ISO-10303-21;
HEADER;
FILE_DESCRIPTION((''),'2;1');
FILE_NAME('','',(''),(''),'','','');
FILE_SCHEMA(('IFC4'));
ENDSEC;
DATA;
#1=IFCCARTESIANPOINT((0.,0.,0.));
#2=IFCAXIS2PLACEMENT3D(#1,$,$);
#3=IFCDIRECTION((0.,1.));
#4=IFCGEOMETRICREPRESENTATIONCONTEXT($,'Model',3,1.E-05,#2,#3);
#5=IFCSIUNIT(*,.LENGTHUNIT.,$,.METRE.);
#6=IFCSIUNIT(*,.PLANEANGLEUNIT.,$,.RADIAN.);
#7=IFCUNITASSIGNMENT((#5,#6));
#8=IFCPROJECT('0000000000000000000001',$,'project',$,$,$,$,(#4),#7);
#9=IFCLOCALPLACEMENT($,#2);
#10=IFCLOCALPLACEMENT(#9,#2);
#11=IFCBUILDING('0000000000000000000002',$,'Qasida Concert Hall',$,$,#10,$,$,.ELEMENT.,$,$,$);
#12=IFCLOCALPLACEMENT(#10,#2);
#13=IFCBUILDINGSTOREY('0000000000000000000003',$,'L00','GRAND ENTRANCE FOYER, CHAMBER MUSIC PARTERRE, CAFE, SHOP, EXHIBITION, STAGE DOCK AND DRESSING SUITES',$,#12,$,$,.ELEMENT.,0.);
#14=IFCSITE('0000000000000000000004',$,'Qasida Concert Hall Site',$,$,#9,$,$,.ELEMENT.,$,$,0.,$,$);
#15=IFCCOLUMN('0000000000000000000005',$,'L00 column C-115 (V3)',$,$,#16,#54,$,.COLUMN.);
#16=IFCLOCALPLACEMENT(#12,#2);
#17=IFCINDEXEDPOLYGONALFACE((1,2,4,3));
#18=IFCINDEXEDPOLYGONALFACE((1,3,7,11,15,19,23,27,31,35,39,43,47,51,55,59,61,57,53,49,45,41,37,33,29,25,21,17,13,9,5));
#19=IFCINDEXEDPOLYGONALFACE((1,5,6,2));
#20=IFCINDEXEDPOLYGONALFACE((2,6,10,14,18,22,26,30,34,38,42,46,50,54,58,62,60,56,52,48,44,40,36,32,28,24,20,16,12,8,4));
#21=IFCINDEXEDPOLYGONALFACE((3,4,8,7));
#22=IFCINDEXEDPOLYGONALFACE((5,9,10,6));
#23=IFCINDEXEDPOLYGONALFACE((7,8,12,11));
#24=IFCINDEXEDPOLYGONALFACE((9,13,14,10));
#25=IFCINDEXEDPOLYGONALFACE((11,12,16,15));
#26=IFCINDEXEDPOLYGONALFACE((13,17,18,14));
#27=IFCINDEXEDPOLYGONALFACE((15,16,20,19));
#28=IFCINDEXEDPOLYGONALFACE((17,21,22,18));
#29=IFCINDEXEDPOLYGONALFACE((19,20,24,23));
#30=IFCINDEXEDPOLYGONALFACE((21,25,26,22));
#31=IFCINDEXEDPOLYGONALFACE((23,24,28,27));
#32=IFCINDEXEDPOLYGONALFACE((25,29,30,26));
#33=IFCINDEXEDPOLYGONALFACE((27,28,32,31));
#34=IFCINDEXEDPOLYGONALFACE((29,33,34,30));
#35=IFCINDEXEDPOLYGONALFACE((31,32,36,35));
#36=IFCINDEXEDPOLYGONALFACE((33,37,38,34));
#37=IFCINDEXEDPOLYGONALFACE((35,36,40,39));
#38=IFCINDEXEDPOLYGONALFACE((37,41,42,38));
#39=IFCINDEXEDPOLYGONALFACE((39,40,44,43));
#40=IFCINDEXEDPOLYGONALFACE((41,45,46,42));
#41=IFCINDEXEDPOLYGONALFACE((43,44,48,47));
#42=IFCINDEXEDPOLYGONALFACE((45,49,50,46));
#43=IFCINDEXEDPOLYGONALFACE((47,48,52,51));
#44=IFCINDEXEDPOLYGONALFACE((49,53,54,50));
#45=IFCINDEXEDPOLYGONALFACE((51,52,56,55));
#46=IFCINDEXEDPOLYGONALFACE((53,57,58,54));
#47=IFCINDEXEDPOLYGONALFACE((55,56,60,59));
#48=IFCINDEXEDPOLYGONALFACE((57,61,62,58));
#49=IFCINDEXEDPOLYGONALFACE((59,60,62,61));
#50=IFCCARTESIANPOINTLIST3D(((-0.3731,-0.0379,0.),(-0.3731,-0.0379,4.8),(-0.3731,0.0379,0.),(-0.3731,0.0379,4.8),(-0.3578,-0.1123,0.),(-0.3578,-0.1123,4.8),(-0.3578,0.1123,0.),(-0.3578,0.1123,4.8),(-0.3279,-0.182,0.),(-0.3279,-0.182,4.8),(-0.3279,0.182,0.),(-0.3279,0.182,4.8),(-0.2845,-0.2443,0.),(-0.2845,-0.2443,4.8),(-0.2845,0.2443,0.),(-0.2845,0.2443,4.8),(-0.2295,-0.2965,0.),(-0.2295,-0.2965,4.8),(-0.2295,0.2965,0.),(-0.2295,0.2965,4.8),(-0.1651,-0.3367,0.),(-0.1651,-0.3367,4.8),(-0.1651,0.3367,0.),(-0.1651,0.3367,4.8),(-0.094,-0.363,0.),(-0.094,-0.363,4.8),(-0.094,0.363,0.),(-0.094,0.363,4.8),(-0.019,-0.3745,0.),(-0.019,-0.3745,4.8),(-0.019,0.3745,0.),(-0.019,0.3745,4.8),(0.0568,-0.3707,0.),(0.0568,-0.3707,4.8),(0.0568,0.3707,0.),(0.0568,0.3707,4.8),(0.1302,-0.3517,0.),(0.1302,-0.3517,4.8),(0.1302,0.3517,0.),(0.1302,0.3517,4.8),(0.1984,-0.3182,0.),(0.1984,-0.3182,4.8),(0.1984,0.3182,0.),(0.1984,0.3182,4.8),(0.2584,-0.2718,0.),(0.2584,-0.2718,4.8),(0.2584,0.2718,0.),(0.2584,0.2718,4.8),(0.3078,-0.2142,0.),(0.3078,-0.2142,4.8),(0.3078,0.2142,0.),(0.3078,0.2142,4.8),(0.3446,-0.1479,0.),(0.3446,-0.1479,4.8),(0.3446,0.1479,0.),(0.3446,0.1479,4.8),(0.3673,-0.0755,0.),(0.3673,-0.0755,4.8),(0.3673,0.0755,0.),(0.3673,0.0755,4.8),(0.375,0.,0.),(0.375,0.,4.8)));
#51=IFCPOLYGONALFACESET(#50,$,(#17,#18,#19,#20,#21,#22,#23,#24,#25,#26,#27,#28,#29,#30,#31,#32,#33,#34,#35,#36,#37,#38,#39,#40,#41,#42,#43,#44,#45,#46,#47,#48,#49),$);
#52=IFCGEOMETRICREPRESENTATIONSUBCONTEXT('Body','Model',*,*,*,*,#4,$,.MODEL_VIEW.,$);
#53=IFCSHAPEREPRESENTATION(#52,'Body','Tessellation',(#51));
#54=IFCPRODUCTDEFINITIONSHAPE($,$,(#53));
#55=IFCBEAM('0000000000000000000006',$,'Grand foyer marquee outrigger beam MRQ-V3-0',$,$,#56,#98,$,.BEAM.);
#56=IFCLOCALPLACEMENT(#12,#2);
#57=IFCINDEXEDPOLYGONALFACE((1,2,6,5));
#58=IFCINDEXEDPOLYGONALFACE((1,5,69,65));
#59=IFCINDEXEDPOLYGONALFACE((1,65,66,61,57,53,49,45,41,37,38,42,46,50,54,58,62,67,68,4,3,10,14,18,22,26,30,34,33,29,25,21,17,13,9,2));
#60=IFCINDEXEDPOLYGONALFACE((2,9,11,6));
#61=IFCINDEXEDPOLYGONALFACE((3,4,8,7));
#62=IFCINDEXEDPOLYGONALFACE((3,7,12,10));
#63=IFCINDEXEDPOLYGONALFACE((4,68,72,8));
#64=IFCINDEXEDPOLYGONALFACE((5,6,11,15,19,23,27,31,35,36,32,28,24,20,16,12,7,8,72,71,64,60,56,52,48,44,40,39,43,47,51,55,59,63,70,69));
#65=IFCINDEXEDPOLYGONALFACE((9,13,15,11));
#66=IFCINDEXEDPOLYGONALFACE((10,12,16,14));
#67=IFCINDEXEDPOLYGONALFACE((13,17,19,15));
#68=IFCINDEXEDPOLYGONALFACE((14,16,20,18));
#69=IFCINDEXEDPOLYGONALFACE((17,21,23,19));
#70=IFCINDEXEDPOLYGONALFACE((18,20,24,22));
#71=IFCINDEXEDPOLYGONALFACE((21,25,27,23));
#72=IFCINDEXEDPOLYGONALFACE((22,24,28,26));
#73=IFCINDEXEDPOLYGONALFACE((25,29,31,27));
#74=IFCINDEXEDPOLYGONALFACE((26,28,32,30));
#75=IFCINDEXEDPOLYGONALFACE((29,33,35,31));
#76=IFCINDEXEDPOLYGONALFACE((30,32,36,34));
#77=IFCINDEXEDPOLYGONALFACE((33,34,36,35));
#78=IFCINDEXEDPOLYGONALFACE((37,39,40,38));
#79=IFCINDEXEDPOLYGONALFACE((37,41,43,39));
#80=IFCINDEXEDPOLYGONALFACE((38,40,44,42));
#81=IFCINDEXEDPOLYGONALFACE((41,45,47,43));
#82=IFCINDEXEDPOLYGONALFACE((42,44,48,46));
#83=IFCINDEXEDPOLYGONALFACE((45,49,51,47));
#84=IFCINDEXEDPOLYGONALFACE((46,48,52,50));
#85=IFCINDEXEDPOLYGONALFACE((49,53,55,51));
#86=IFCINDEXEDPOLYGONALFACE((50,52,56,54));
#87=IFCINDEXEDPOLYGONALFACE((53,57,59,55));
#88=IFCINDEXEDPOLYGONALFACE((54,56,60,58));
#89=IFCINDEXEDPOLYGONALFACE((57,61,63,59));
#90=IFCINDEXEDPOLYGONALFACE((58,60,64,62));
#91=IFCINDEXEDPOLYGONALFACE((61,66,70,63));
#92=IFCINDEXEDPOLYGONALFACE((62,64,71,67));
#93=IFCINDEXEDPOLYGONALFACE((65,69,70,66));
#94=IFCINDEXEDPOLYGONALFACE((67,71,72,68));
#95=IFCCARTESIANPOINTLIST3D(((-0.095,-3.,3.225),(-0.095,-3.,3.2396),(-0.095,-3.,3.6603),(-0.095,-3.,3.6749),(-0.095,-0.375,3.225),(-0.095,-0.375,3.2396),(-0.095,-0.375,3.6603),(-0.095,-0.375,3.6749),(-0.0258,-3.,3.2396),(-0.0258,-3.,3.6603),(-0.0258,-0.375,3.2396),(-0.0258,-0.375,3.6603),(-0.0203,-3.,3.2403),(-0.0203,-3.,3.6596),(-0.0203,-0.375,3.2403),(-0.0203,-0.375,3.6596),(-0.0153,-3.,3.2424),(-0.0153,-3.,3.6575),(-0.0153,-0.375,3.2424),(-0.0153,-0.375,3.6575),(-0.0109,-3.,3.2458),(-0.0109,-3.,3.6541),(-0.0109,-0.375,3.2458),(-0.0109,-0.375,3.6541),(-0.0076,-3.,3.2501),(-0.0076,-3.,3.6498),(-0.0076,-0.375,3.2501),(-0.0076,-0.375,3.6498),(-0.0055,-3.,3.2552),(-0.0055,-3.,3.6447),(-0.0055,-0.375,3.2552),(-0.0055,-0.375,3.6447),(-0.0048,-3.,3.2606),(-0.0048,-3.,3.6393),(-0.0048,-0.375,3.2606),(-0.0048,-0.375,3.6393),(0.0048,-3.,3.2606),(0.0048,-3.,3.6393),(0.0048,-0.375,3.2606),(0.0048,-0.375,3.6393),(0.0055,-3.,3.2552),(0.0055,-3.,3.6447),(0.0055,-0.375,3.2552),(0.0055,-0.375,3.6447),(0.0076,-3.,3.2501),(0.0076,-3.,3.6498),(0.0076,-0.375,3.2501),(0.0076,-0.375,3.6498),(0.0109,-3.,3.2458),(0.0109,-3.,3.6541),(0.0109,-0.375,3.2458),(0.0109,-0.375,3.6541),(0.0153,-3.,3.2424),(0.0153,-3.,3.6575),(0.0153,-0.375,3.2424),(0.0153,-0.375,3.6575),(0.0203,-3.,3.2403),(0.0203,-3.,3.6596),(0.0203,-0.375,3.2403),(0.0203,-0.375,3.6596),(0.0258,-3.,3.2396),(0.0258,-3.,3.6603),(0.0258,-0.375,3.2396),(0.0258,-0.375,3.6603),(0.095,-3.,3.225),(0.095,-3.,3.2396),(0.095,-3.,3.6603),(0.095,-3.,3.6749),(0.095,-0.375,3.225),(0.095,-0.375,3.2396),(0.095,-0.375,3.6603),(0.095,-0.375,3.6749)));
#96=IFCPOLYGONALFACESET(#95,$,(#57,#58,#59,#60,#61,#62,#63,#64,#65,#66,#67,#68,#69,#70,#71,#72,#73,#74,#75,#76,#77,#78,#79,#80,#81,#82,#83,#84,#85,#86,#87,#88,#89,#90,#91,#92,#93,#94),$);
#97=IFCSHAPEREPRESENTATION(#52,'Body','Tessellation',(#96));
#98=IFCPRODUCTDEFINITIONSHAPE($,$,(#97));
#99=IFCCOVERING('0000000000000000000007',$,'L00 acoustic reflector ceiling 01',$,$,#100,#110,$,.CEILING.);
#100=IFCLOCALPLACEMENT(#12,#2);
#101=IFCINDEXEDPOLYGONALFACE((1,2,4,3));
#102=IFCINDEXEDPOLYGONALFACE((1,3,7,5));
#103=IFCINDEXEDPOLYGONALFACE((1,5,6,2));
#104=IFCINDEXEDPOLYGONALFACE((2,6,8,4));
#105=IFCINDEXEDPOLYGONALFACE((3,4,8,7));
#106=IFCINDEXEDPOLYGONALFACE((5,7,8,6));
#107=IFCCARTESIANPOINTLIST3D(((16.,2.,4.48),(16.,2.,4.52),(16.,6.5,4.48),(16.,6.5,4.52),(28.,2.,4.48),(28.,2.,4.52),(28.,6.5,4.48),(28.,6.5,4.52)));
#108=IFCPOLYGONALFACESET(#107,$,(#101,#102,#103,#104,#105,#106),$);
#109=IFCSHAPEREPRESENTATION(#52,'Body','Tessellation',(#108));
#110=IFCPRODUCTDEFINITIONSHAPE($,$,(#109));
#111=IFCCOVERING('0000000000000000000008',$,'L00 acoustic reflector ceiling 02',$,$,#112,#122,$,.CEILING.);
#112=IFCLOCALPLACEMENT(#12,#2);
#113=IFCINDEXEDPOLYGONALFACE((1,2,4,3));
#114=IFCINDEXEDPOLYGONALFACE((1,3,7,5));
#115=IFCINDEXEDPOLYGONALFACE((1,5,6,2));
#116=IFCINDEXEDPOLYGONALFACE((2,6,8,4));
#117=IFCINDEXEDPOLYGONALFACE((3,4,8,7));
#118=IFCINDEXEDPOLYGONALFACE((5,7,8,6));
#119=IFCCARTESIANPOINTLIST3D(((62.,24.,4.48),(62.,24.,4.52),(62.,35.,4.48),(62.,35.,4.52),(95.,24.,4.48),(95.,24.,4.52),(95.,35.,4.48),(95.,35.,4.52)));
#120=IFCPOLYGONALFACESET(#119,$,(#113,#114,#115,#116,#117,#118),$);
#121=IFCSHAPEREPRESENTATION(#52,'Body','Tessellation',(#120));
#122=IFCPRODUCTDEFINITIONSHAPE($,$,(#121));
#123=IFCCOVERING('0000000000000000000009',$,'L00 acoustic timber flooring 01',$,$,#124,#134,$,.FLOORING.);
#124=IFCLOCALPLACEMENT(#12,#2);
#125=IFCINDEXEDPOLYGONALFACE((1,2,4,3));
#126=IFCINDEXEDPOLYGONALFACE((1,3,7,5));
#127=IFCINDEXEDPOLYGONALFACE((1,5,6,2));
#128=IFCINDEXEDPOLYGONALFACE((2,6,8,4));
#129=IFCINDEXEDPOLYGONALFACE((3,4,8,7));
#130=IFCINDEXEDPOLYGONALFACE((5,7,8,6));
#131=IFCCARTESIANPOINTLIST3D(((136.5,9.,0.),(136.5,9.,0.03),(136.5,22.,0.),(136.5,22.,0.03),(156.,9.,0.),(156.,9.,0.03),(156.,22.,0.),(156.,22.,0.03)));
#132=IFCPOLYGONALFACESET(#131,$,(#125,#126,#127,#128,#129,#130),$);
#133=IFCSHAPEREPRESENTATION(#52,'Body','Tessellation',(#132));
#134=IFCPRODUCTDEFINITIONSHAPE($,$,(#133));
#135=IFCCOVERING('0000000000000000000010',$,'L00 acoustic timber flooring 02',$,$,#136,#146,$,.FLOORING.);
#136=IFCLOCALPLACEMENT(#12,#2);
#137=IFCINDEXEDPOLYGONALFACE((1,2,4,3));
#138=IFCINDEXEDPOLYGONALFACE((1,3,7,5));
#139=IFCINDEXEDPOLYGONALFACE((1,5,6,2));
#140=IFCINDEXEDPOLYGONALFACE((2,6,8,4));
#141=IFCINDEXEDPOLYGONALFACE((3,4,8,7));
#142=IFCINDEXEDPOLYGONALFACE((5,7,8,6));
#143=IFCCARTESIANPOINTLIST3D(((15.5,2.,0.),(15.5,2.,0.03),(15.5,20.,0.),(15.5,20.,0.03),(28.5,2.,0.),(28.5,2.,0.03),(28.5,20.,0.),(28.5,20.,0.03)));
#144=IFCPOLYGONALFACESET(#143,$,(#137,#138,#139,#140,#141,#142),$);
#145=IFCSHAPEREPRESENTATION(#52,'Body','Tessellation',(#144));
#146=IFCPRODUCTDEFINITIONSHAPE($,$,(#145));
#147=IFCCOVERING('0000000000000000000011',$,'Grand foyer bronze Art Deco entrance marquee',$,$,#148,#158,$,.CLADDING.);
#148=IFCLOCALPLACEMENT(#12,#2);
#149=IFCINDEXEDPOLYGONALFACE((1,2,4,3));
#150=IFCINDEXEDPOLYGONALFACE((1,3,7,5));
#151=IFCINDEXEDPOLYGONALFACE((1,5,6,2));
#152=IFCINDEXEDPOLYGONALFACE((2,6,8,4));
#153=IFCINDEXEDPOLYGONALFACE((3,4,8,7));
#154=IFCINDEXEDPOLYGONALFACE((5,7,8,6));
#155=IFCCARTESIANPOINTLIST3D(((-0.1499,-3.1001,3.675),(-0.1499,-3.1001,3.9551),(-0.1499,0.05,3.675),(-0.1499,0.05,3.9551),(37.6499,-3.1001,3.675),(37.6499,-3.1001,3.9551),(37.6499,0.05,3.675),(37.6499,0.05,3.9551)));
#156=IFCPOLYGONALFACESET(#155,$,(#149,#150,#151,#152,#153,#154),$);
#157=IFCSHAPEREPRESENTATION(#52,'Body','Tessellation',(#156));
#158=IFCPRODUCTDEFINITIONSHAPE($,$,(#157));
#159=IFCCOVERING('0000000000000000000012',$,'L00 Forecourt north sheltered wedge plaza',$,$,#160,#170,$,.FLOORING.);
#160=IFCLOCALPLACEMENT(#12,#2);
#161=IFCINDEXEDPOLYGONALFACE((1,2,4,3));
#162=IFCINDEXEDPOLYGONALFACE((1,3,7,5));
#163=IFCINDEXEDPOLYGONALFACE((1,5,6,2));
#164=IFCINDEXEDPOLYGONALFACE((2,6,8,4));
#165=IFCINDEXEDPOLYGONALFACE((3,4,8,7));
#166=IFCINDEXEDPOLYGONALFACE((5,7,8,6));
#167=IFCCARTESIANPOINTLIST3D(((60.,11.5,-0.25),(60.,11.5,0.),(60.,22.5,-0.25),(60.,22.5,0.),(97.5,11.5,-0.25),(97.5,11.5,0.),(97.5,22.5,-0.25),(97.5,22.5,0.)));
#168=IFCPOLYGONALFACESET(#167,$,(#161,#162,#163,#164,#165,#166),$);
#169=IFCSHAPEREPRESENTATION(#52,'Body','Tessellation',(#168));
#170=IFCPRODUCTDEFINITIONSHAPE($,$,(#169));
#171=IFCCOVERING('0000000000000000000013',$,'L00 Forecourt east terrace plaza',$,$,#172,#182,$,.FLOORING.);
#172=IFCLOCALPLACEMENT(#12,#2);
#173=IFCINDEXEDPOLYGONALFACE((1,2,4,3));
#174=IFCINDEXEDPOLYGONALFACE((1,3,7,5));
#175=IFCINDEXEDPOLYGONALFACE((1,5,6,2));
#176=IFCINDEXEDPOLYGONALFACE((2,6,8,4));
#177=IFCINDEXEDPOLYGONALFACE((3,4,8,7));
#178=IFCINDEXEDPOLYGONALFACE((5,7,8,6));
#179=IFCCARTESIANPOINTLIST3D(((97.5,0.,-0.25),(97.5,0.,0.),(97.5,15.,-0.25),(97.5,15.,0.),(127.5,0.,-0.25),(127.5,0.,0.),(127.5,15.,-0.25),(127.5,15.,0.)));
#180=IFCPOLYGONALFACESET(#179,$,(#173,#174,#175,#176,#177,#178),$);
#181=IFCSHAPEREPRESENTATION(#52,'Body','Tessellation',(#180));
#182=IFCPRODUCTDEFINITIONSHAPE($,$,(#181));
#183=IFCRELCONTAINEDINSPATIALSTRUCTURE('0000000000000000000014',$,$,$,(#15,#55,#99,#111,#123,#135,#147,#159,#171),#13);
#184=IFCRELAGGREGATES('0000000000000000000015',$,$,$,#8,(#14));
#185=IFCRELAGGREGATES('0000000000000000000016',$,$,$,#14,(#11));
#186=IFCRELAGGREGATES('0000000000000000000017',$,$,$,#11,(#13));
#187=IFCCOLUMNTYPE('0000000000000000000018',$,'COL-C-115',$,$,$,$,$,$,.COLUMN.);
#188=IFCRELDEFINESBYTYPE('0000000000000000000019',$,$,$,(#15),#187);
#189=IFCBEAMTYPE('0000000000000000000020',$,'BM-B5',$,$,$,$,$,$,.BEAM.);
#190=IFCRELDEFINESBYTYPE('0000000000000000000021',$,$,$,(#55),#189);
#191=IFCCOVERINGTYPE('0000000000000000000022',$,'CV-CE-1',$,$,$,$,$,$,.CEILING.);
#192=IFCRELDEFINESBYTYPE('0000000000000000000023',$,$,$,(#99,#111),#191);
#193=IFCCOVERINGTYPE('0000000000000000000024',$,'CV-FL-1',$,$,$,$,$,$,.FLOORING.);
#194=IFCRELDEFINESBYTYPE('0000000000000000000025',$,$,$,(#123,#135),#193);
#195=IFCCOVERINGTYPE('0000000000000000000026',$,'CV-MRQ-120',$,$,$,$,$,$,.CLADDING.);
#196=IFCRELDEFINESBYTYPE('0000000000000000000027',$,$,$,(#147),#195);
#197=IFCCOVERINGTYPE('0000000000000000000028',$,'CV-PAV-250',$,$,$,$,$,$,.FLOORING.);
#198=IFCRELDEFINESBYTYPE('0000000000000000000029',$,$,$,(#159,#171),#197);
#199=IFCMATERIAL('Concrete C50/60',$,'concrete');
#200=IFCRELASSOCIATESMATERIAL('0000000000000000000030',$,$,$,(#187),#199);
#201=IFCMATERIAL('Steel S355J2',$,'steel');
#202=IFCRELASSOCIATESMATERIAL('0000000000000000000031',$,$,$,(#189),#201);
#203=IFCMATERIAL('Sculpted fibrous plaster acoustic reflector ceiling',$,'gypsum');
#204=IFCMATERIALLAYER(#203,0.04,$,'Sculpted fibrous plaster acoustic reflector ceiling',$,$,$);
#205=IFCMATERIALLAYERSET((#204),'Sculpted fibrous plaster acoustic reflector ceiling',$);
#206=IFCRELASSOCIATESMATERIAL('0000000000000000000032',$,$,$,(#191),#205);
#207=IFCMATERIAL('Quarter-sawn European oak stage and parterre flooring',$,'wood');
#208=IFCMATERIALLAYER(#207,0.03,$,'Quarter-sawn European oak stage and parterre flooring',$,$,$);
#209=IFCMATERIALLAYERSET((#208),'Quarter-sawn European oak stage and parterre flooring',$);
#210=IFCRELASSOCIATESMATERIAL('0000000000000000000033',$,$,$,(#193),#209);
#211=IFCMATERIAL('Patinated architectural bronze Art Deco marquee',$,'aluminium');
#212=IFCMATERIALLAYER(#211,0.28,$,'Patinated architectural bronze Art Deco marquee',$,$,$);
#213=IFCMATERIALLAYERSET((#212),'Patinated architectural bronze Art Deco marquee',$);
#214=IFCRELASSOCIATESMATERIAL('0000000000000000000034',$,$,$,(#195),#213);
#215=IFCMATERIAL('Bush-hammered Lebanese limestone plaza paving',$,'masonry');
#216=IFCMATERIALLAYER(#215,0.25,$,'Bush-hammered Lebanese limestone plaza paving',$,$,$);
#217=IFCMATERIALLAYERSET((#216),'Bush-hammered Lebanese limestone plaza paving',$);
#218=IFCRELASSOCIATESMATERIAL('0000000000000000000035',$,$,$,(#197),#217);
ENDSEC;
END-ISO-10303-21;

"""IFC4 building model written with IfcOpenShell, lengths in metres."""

from ifc_helpers import new_model, si_unit, direction, frame, origin, origin_with_axes, origin_2d, place, context, subcontext, project, spatial, polyline, circle, i_section, outline, extrude, material, layer, layer_set, material_profile, profile_set, type_object, element, save


model = new_model("IFC4")

# Units and contexts
model_context = context("Model", 3, precision=1e-05, world=origin(), true_north=direction((0.0, 1.0)))
body_context = subcontext(model_context, "Body", "Model", "MODEL_VIEW")
ifc_project = project(units=[si_unit("LENGTHUNIT", "METRE"), si_unit("PLANEANGLEUNIT", "RADIAN")], contexts=[model_context])

# Site, building, storey
site_placement = place(None, origin())
site = spatial("IfcSite", under=ifc_project, at=site_placement, Name="Qasida Concert Hall Site", CompositionType="ELEMENT", RefElevation=0.0)
building_placement = place(site_placement, origin())
building = spatial("IfcBuilding", under=site, at=building_placement, Name="Qasida Concert Hall", CompositionType="ELEMENT")
storey_placement = place(building_placement, origin())
storey = spatial("IfcBuildingStorey", under=building, at=storey_placement, Name="L00", Description="GRAND ENTRANCE FOYER, CHAMBER MUSIC PARTERRE, CAFE, SHOP, EXHIBITION, STAGE DOCK AND DRESSING SUITES", CompositionType="ELEMENT", Elevation=0.0)

# Column
ifc_material_1 = material(Name="Concrete C50/60", Category="concrete")
ifc_material_profile_1 = material_profile(ifc_material_1, circle(Radius=0.375, at=origin_2d()), Name="RC COL D750")
ifc_profile_set_1 = profile_set([ifc_material_profile_1], Name="Concrete C50/60")
column_type = type_object("IfcColumnType", Name="COL-C-115", PredefinedType="COLUMN", material=ifc_profile_set_1)
column_placement = place(storey_placement, origin_with_axes())
element("IfcColumn", 1, at=column_placement, inside=storey, type_object=column_type, Name="L00 column C-115 (V3)", PredefinedType="COLUMN", context=body_context, shape_type="SweptSolid", body=[
    extrude(circle(Radius=0.375, at=origin_2d()), origin(), (0.0, 0.0, 1.0), 4.8),
])

# Beam
ifc_material_2 = material(Name="Steel S355J2", Category="steel")
ifc_material_profile_2 = material_profile(ifc_material_2, i_section(OverallWidth=0.1899, OverallDepth=0.45, WebThickness=0.0095, FlangeThickness=0.0146, FilletRadius=0.021, at=origin_2d()), Name="IPE 450")
ifc_profile_set_2 = profile_set([ifc_material_profile_2], Name="Steel S355J2")
beam_type = type_object("IfcBeamType", Name="BM-B5", PredefinedType="BEAM", material=ifc_profile_set_2)
beam_placement = place(storey_placement, frame((0.0, -0.375, 3.45), z_axis=(0.0, -1.0, 0.0), x_axis=(1.0, 0.0, 0.0)))
element("IfcBeam", 2, at=beam_placement, inside=storey, type_object=beam_type, Name="Grand foyer marquee outrigger beam MRQ-V3-0", PredefinedType="BEAM", context=body_context, shape_type="SweptSolid", body=[
    extrude(i_section(OverallWidth=0.1899, OverallDepth=0.45, WebThickness=0.0095, FlangeThickness=0.0146, FilletRadius=0.021, at=origin_2d()), origin(), (0.0, 0.0, 1.0), 2.625),
])

# Coverings
ifc_material_3 = material(Name="Sculpted fibrous plaster acoustic reflector ceiling", Category="gypsum")
ifc_layer_1 = layer(ifc_material_3, 0.04, Name="Sculpted fibrous plaster acoustic reflector ceiling")
ifc_layer_set_1 = layer_set([ifc_layer_1], Name="Sculpted fibrous plaster acoustic reflector ceiling")
covering_type_1 = type_object("IfcCoveringType", Name="CV-CE-1", PredefinedType="CEILING", material=ifc_layer_set_1)
covering_1_placement = place(storey_placement, frame((0.0, 0.0, 4.48)))
element("IfcCovering", 3, at=covering_1_placement, inside=storey, type_object=covering_type_1, Name="L00 acoustic reflector ceiling 01", PredefinedType="CEILING", context=body_context, shape_type="SweptSolid", body=[
    extrude(outline(polyline([(16.0, 2.0), (28.0, 2.0), (28.0, 6.5), (16.0, 6.5), (16.0, 2.0)])), origin(), (0.0, 0.0, 1.0), 0.04),
])
covering_2_placement = place(storey_placement, frame((0.0, 0.0, 4.48)))
element("IfcCovering", 4, at=covering_2_placement, inside=storey, type_object=covering_type_1, Name="L00 acoustic reflector ceiling 02", PredefinedType="CEILING", context=body_context, shape_type="SweptSolid", body=[
    extrude(outline(polyline([(62.0, 24.0), (95.0, 24.0), (95.0, 35.0), (62.0, 35.0), (62.0, 24.0)])), origin(), (0.0, 0.0, 1.0), 0.04),
])
ifc_material_4 = material(Name="Quarter-sawn European oak stage and parterre flooring", Category="wood")
ifc_layer_2 = layer(ifc_material_4, 0.03, Name="Quarter-sawn European oak stage and parterre flooring")
ifc_layer_set_2 = layer_set([ifc_layer_2], Name="Quarter-sawn European oak stage and parterre flooring")
covering_type_2 = type_object("IfcCoveringType", Name="CV-FL-1", PredefinedType="FLOORING", material=ifc_layer_set_2)
covering_3_placement = place(storey_placement, origin())
element("IfcCovering", 5, at=covering_3_placement, inside=storey, type_object=covering_type_2, Name="L00 acoustic timber flooring 01", PredefinedType="FLOORING", context=body_context, shape_type="SweptSolid", body=[
    extrude(outline(polyline([(136.5, 9.0), (156.0, 9.0), (156.0, 22.0), (136.5, 22.0), (136.5, 9.0)])), origin(), (0.0, 0.0, 1.0), 0.03),
])
covering_4_placement = place(storey_placement, origin())
element("IfcCovering", 6, at=covering_4_placement, inside=storey, type_object=covering_type_2, Name="L00 acoustic timber flooring 02", PredefinedType="FLOORING", context=body_context, shape_type="SweptSolid", body=[
    extrude(outline(polyline([(15.5, 2.0), (28.5, 2.0), (28.5, 20.0), (15.5, 20.0), (15.5, 2.0)])), origin(), (0.0, 0.0, 1.0), 0.03),
])
ifc_material_5 = material(Name="Patinated architectural bronze Art Deco marquee", Category="aluminium")
ifc_layer_3 = layer(ifc_material_5, 0.28, Name="Patinated architectural bronze Art Deco marquee")
ifc_layer_set_3 = layer_set([ifc_layer_3], Name="Patinated architectural bronze Art Deco marquee")
covering_type_3 = type_object("IfcCoveringType", Name="CV-MRQ-120", PredefinedType="CLADDING", material=ifc_layer_set_3)
covering_5_placement = place(storey_placement, frame((0.0, 0.0, 3.675)))
element("IfcCovering", 7, at=covering_5_placement, inside=storey, type_object=covering_type_3, Name="Grand foyer bronze Art Deco entrance marquee", PredefinedType="CLADDING", context=body_context, shape_type="SweptSolid", body=[
    extrude(outline(polyline([(-0.1499, -3.1001), (37.6499, -3.1001), (37.6499, 0.05), (-0.1499, 0.05), (-0.1499, -3.1001)])), origin(), (0.0, 0.0, 1.0), 0.28),
])
ifc_material_6 = material(Name="Bush-hammered Lebanese limestone plaza paving", Category="masonry")
ifc_layer_4 = layer(ifc_material_6, 0.25, Name="Bush-hammered Lebanese limestone plaza paving")
ifc_layer_set_4 = layer_set([ifc_layer_4], Name="Bush-hammered Lebanese limestone plaza paving")
covering_type_4 = type_object("IfcCoveringType", Name="CV-PAV-250", PredefinedType="FLOORING", material=ifc_layer_set_4)
covering_6_placement = place(storey_placement, frame((0.0, 0.0, -0.25)))
element("IfcCovering", 8, at=covering_6_placement, inside=storey, type_object=covering_type_4, Name="L00 Forecourt north sheltered wedge plaza", PredefinedType="FLOORING", context=body_context, shape_type="SweptSolid", body=[
    extrude(outline(polyline([(60.0, 11.5), (97.5, 11.5), (97.5, 22.5), (60.0, 22.5), (60.0, 11.5)])), origin(), (0.0, 0.0, 1.0), 0.25),
])
covering_7_placement = place(storey_placement, frame((0.0, 0.0, -0.25)))
element("IfcCovering", 9, at=covering_7_placement, inside=storey, type_object=covering_type_4, Name="L00 Forecourt east terrace plaza", PredefinedType="FLOORING", context=body_context, shape_type="SweptSolid", body=[
    extrude(outline(polyline([(97.5, 0.0), (127.5, 0.0), (127.5, 15.0), (97.5, 15.0), (97.5, 0.0)])), origin(), (0.0, 0.0, 1.0), 0.25),
])

save(model, "model.ifc")
